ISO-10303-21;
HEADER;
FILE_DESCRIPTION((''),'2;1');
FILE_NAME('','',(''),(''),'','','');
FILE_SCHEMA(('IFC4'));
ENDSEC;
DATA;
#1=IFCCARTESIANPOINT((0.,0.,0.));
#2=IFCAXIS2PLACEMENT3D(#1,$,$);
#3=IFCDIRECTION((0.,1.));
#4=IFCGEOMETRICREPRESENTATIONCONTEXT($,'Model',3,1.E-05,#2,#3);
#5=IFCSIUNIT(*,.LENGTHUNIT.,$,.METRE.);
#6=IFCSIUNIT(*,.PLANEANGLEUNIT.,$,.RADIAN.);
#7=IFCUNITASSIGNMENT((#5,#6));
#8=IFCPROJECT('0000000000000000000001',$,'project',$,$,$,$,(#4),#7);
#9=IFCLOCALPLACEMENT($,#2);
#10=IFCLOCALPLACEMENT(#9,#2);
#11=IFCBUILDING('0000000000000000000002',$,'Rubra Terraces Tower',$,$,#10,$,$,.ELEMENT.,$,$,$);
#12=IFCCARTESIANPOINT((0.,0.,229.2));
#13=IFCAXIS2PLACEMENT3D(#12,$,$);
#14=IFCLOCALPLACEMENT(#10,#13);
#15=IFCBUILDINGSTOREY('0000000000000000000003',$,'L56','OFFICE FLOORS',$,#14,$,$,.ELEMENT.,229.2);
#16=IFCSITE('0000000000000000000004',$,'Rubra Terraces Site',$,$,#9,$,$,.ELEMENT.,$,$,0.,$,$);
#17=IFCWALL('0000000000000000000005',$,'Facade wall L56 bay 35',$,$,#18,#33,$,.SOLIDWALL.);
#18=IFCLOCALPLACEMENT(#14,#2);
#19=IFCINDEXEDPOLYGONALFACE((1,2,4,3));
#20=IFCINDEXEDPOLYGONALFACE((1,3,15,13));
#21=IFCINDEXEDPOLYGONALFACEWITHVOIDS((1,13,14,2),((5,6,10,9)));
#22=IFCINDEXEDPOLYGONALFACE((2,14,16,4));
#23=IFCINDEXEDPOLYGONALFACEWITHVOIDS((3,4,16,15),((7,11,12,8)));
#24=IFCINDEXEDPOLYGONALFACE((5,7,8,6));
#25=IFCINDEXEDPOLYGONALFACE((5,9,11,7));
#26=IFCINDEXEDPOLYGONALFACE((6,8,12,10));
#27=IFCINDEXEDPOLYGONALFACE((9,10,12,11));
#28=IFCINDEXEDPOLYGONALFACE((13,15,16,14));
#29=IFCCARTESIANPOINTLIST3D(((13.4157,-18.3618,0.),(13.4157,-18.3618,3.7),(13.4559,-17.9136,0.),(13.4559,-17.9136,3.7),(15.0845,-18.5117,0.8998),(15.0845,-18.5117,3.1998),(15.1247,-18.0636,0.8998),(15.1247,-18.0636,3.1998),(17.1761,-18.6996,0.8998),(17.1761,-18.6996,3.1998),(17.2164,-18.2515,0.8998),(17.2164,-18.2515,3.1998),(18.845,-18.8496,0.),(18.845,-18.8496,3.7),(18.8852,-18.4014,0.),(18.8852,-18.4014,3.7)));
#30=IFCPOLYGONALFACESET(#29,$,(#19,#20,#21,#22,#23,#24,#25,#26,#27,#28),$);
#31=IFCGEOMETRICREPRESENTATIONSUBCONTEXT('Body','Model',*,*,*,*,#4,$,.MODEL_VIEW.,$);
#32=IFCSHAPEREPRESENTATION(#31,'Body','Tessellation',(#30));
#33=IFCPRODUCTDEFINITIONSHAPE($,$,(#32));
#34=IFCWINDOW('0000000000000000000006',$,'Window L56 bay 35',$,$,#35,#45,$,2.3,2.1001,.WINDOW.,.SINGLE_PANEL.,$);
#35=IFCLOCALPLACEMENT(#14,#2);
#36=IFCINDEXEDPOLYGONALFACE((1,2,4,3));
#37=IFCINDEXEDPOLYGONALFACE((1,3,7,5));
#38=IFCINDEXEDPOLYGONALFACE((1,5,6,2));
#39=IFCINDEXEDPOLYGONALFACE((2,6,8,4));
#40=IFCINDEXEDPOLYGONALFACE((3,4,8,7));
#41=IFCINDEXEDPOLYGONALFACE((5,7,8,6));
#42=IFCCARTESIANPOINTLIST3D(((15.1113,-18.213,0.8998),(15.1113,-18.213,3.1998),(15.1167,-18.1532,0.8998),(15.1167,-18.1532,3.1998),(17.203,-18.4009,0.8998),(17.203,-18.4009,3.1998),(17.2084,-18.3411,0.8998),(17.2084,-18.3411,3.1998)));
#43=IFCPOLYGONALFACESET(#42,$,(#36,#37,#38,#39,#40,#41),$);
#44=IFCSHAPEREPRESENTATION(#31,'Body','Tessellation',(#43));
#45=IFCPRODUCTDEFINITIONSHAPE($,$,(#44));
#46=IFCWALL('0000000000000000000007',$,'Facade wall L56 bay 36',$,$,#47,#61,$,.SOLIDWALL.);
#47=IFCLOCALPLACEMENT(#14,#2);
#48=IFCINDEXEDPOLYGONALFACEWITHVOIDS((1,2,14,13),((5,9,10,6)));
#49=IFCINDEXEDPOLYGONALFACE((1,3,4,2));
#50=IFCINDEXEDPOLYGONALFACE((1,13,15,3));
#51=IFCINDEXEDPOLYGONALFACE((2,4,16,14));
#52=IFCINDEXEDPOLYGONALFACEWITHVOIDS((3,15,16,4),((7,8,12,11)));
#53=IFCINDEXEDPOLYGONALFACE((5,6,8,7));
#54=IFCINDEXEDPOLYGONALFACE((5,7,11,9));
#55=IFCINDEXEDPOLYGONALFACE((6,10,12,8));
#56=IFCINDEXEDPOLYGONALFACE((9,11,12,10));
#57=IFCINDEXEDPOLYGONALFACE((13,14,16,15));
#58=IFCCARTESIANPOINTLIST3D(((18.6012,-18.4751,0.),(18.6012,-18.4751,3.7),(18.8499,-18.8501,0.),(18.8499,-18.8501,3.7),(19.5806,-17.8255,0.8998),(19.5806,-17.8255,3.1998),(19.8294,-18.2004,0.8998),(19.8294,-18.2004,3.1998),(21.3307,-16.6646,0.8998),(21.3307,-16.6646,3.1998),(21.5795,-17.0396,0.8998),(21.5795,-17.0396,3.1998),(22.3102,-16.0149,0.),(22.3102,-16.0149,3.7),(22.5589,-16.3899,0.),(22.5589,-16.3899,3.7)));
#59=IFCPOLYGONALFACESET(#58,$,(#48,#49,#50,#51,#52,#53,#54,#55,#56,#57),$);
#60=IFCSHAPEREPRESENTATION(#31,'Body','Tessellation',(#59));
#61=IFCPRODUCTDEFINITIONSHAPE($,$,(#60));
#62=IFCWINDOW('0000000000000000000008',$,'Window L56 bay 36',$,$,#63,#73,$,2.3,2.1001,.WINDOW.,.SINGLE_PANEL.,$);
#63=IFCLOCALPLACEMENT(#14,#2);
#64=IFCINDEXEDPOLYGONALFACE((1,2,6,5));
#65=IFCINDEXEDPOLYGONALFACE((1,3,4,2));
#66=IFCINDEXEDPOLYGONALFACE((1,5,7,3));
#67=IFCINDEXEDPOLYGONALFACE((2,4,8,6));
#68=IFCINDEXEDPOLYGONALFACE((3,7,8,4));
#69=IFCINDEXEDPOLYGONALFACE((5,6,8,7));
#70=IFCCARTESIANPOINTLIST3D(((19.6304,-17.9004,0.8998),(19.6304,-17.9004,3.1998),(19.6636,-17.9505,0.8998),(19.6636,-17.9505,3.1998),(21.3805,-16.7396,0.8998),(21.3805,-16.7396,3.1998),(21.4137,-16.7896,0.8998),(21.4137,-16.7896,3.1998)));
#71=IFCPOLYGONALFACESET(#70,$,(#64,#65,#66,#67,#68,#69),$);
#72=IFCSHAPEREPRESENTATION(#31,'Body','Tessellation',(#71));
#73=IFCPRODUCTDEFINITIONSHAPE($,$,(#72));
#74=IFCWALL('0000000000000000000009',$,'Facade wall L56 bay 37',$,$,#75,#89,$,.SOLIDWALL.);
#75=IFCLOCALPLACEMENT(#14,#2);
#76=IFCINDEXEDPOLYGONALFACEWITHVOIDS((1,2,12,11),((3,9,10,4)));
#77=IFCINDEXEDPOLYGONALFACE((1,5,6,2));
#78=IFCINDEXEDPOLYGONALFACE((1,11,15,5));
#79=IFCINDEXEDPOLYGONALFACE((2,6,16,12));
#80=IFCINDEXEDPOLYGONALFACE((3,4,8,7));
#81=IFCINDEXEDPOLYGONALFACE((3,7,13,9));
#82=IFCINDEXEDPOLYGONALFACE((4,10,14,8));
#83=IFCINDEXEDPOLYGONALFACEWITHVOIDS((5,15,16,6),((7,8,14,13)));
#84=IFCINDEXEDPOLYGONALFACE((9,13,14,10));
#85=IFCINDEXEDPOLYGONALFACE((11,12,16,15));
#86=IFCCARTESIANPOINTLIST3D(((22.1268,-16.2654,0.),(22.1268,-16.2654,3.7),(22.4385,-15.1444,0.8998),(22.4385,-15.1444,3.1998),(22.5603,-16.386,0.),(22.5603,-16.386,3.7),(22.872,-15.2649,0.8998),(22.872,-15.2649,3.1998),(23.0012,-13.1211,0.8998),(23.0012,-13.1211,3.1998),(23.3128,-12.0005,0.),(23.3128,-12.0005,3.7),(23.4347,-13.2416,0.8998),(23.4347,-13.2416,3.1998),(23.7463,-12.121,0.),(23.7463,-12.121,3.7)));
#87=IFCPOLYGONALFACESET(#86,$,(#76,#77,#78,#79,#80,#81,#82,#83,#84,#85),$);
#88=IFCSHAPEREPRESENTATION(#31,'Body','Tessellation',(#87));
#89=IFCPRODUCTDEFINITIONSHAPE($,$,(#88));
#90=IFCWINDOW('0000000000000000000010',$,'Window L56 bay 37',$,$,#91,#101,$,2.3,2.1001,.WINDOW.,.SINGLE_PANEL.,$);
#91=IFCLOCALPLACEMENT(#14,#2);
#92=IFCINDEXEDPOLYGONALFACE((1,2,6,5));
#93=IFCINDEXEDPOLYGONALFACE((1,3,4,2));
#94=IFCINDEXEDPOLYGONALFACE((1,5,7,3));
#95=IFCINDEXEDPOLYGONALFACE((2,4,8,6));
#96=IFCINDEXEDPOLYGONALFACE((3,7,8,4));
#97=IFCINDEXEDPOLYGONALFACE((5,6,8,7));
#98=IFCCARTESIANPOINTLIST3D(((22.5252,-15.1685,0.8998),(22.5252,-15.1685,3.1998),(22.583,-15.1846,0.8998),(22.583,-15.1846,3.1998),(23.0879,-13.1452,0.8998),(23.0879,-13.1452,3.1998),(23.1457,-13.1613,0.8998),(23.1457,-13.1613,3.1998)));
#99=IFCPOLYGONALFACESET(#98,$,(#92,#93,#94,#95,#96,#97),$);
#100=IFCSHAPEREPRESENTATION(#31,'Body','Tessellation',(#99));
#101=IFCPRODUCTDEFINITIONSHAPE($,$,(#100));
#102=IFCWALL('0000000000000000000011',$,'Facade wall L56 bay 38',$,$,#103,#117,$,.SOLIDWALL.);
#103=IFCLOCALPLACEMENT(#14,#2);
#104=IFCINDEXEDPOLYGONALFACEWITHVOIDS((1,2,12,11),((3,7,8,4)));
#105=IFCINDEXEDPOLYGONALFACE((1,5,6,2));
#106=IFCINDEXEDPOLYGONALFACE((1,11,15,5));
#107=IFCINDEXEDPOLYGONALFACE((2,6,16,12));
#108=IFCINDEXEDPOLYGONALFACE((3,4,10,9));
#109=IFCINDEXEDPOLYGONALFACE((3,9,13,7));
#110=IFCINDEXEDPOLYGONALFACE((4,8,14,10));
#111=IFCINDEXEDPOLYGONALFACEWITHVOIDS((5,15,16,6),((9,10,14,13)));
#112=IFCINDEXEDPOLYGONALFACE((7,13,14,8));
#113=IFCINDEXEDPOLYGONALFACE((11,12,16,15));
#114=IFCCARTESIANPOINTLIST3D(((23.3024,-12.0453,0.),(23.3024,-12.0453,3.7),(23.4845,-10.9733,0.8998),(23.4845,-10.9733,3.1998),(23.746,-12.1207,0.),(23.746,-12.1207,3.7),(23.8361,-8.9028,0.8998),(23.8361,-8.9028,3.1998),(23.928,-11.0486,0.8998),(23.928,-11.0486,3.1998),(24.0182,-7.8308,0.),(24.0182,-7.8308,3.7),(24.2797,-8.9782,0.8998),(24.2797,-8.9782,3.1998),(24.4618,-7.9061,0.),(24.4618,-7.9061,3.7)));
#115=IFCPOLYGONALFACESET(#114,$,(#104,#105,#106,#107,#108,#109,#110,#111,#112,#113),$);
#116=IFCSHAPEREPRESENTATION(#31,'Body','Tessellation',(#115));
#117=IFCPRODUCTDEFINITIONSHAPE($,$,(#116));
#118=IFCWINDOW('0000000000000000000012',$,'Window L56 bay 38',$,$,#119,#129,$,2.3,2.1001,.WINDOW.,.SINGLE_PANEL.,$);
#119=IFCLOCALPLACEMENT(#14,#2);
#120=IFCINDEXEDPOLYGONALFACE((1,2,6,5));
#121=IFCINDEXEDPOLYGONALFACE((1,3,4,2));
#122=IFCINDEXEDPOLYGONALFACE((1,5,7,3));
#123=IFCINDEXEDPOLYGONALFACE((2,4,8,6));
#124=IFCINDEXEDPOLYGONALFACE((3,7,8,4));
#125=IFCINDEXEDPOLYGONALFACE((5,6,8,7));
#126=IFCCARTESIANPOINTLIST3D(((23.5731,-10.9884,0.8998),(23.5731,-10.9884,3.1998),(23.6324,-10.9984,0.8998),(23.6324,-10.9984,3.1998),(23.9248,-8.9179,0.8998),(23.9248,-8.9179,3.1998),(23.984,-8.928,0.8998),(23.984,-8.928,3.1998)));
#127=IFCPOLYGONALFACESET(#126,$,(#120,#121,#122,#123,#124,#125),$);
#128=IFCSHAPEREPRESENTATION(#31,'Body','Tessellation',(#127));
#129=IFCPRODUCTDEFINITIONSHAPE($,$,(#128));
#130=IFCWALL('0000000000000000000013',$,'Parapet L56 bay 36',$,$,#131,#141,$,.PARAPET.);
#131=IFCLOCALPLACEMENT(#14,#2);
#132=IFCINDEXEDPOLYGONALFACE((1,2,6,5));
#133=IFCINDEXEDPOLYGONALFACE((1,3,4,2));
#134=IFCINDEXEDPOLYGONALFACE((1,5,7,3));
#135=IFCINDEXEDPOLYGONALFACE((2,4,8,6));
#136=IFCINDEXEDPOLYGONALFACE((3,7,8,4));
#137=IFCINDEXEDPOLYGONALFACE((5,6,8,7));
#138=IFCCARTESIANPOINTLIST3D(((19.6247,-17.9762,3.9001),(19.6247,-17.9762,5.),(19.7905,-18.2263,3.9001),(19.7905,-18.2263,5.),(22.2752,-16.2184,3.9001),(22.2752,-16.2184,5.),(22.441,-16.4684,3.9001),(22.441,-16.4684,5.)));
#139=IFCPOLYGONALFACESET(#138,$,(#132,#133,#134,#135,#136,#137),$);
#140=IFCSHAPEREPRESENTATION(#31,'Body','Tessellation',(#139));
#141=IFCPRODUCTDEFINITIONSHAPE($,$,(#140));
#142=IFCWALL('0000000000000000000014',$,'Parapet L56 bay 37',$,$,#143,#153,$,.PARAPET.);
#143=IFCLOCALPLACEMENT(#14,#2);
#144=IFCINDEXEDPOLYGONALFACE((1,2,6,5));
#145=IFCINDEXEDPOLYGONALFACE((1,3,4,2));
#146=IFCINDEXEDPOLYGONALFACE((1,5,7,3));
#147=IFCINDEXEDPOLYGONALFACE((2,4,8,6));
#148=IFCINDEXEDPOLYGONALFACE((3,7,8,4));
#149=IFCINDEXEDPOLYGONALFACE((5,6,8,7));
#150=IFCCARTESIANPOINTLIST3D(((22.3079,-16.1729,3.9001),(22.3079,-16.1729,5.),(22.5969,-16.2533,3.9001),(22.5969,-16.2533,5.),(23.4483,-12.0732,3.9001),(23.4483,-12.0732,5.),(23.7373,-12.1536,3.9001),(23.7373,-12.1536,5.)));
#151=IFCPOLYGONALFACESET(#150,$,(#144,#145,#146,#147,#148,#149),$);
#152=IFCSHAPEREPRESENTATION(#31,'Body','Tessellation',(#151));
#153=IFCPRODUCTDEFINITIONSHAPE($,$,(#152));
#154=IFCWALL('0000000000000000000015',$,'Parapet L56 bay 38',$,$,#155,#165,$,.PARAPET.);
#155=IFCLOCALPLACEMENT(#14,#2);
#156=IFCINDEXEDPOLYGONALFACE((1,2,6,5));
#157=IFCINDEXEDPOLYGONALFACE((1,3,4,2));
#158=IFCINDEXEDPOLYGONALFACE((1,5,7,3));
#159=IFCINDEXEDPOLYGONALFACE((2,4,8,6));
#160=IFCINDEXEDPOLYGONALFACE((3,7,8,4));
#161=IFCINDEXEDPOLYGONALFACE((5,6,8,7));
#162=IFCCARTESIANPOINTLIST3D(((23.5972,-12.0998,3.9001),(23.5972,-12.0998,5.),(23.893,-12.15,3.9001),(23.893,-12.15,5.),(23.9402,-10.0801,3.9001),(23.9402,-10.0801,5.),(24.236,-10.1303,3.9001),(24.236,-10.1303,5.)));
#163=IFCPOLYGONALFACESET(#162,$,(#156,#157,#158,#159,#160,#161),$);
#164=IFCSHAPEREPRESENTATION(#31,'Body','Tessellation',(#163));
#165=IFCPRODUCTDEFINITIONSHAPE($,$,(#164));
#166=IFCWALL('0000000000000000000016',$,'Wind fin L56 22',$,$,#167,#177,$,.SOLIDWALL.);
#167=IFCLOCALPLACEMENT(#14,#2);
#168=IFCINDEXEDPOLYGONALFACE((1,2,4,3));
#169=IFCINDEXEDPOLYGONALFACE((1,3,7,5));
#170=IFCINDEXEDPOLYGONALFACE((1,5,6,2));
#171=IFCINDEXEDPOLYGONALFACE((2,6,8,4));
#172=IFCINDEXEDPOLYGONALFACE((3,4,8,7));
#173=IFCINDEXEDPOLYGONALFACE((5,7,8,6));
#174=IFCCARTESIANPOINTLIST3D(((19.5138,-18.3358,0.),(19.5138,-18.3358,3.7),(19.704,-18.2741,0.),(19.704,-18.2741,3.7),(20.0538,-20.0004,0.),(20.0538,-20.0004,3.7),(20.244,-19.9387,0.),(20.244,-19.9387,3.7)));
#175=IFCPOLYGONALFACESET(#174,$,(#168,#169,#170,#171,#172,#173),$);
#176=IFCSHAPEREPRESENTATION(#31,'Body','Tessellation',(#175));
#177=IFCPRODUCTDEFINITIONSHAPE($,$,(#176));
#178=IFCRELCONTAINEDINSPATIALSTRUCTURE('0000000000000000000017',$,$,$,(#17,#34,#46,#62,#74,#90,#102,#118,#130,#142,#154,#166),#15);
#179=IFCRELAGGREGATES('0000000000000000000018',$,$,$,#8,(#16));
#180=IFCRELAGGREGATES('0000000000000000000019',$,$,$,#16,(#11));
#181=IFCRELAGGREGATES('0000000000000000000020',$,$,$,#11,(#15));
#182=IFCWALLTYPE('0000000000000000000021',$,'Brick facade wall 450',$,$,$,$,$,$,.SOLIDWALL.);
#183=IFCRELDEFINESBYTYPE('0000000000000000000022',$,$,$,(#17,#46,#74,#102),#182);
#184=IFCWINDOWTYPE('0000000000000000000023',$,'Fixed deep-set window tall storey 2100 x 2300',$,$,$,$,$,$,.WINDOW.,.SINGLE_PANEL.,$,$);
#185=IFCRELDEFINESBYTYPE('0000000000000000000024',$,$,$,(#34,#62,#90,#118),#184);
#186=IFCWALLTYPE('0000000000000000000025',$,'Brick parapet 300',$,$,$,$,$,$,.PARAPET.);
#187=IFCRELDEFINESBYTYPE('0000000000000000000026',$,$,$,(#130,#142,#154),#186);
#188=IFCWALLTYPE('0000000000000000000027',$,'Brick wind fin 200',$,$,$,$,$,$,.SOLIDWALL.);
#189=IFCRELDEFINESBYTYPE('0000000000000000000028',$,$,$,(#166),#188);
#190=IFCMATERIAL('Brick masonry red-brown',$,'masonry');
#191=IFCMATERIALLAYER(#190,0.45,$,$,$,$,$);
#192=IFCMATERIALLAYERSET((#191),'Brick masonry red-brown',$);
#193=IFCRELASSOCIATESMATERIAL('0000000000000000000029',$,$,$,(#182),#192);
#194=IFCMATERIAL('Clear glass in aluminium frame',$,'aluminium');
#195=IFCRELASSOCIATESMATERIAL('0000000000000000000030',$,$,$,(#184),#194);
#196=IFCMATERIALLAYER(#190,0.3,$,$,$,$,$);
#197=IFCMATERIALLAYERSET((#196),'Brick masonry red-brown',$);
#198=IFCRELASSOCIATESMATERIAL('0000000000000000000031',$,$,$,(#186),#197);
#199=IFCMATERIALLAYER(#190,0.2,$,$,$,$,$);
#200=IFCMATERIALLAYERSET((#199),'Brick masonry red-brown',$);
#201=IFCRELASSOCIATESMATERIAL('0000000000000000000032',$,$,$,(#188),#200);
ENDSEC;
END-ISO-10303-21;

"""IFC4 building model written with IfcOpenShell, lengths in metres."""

from ifc_helpers import new_model, si_unit, direction, frame, frame_2d, origin, place, context, subcontext, project, spatial, rectangle, extrude, material, layer, layer_set, type_object, element, fill, save


model = new_model("IFC4")

# Units and contexts
model_context = context("Model", 3, precision=1e-05, world=origin(), true_north=direction((0.0, 1.0)))
body_context = subcontext(model_context, "Body", "Model", "MODEL_VIEW")
ifc_project = project(units=[si_unit("LENGTHUNIT", "METRE"), si_unit("PLANEANGLEUNIT", "RADIAN")], contexts=[model_context])

# Site, building, storey
site_placement = place(None, origin())
site = spatial("IfcSite", under=ifc_project, at=site_placement, Name="Rubra Terraces Site", CompositionType="ELEMENT", RefElevation=0.0)
building_placement = place(site_placement, origin())
building = spatial("IfcBuilding", under=site, at=building_placement, Name="Rubra Terraces Tower", CompositionType="ELEMENT")
storey_placement = place(building_placement, frame((0.0, 0.0, 229.2)))
storey = spatial("IfcBuildingStorey", under=building, at=storey_placement, Name="L56", Description="OFFICE FLOORS", CompositionType="ELEMENT", Elevation=229.2)

# Walls, openings, windows
ifc_material_1 = material(Name="Brick masonry red-brown", Category="masonry")
ifc_layer_1 = layer(ifc_material_1, 0.45)
ifc_layer_set_1 = layer_set([ifc_layer_1], Name="Brick masonry red-brown")
wall_type_1 = type_object("IfcWallType", Name="Brick facade wall 450", PredefinedType="SOLIDWALL", material=ifc_layer_set_1)
wall_1_placement = place(storey_placement, frame((13.4358, -18.1377, 0.0), z_axis=(0.0, 0.0, 1.0), x_axis=(0.995988, -0.089486, 0.0)))
wall_1 = element("IfcWall", 1, at=wall_1_placement, inside=storey, type_object=wall_type_1, Name="Facade wall L56 bay 35", PredefinedType="SOLIDWALL", context=body_context, shape_type="SweptSolid", body=[
    extrude(rectangle(XDim=5.4512, YDim=0.45, at=frame_2d((2.7256, 0.0))), origin(), (0.0, 0.0, 1.0), 3.7),
])
opening_1_placement = place(wall_1_placement, frame((1.6755, 0.0, 0.8999)))
opening_1 = element("IfcOpeningElement", 2, at=opening_1_placement, cuts=wall_1, PredefinedType="OPENING", context=body_context, shape_type="SweptSolid", body=[
    extrude(rectangle(XDim=2.1001, YDim=2.3, at=frame_2d((1.05, 1.1499))), frame((0.0, 0.2349, 0.0), z_axis=(0.0, -1.0, 0.0), x_axis=(1.0, 0.0, 0.0)), (0.0, 0.0, 1.0), 0.47),
])
ifc_material_2 = material(Name="Clear glass in aluminium frame", Category="aluminium")
window_type = type_object("IfcWindowType", Name="Fixed deep-set window tall storey 2100 x 2300", PartitioningType="SINGLE_PANEL", PredefinedType="WINDOW", material=ifc_material_2)
window_1_placement = place(opening_1_placement, origin())
window_1 = element("IfcWindow", 3, at=window_1_placement, inside=storey, type_object=window_type, Name="Window L56 bay 35", OverallHeight=2.3, OverallWidth=2.1001, PartitioningType="SINGLE_PANEL", PredefinedType="WINDOW", context=body_context, shape_type="SweptSolid", body=[
    extrude(rectangle(XDim=2.1001, YDim=2.3, at=frame_2d((1.05, 1.1499))), frame((0.0, 0.135, 0.0), z_axis=(0.0, -1.0, 0.0), x_axis=(1.0, 0.0, 0.0)), (0.0, 0.0, 1.0), 0.0601),
])
fill(opening_1, window_1)
wall_2_placement = place(storey_placement, frame((18.7256, -18.6626, 0.0), z_axis=(0.0, 0.0, 1.0), x_axis=(0.833339, 0.552762, 0.0)))
wall_2 = element("IfcWall", 4, at=wall_2_placement, inside=storey, type_object=wall_type_1, Name="Facade wall L56 bay 36", PredefinedType="SOLIDWALL", context=body_context, shape_type="SweptSolid", body=[
    extrude(rectangle(XDim=4.4507, YDim=0.45, at=frame_2d((2.2253, 0.0))), origin(), (0.0, 0.0, 1.0), 3.7),
])
opening_2_placement = place(wall_2_placement, frame((1.1753, 0.0, 0.8999)))
opening_2 = element("IfcOpeningElement", 5, at=opening_2_placement, cuts=wall_2, PredefinedType="OPENING", context=body_context, shape_type="SweptSolid", body=[
    extrude(rectangle(XDim=2.1001, YDim=2.3, at=frame_2d((1.05, 1.1499))), frame((0.0, 0.2349, 0.0), z_axis=(0.0, -1.0, 0.0), x_axis=(1.0, 0.0, 0.0)), (0.0, 0.0, 1.0), 0.47),
])
window_2_placement = place(opening_2_placement, origin())
window_2 = element("IfcWindow", 6, at=window_2_placement, inside=storey, type_object=window_type, Name="Window L56 bay 36", OverallHeight=2.3, OverallWidth=2.1001, PartitioningType="SINGLE_PANEL", PredefinedType="WINDOW", context=body_context, shape_type="SweptSolid", body=[
    extrude(rectangle(XDim=2.1001, YDim=2.3, at=frame_2d((1.05, 1.1499))), frame((0.0, 0.135, 0.0), z_axis=(0.0, -1.0, 0.0), x_axis=(1.0, 0.0, 0.0)), (0.0, 0.0, 1.0), 0.0601),
])
fill(opening_2, window_2)
wall_3_placement = place(storey_placement, frame((22.3435, -16.3257, 0.0), z_axis=(0.0, 0.0, 1.0), x_axis=(0.267925, 0.96344, 0.0)))
wall_3 = element("IfcWall", 7, at=wall_3_placement, inside=storey, type_object=wall_type_1, Name="Facade wall L56 bay 37", PredefinedType="SOLIDWALL", context=body_context, shape_type="SweptSolid", body=[
    extrude(rectangle(XDim=4.4268, YDim=0.45, at=frame_2d((2.2134, 0.0))), origin(), (0.0, 0.0, 1.0), 3.7),
])
opening_3_placement = place(wall_3_placement, frame((1.1636, 0.0, 0.8999)))
opening_3 = element("IfcOpeningElement", 8, at=opening_3_placement, cuts=wall_3, PredefinedType="OPENING", context=body_context, shape_type="SweptSolid", body=[
    extrude(rectangle(XDim=2.1001, YDim=2.3, at=frame_2d((1.05, 1.1499))), frame((0.0, 0.2349, 0.0), z_axis=(0.0, -1.0, 0.0), x_axis=(1.0, 0.0, 0.0)), (0.0, 0.0, 1.0), 0.47),
])
window_3_placement = place(opening_3_placement, origin())
window_3 = element("IfcWindow", 9, at=window_3_placement, inside=storey, type_object=window_type, Name="Window L56 bay 37", OverallHeight=2.3, OverallWidth=2.1001, PartitioningType="SINGLE_PANEL", PredefinedType="WINDOW", context=body_context, shape_type="SweptSolid", body=[
    extrude(rectangle(XDim=2.1001, YDim=2.3, at=frame_2d((1.05, 1.1499))), frame((0.0, 0.135, 0.0), z_axis=(0.0, -1.0, 0.0), x_axis=(1.0, 0.0, 0.0)), (0.0, 0.0, 1.0), 0.0601),
])
fill(opening_3, window_3)
wall_4_placement = place(storey_placement, frame((23.5242, -12.083, 0.0), z_axis=(0.0, 0.0, 1.0), x_axis=(0.167445, 0.985881, 0.0)))
wall_4 = element("IfcWall", 10, at=wall_4_placement, inside=storey, type_object=wall_type_1, Name="Facade wall L56 bay 38", PredefinedType="SOLIDWALL", context=body_context, shape_type="SweptSolid", body=[
    extrude(rectangle(XDim=4.2749, YDim=0.45, at=frame_2d((2.1375, 0.0))), origin(), (0.0, 0.0, 1.0), 3.7),
])
opening_4_placement = place(wall_4_placement, frame((1.0874, 0.0, 0.8999)))
opening_4 = element("IfcOpeningElement", 11, at=opening_4_placement, cuts=wall_4, PredefinedType="OPENING", context=body_context, shape_type="SweptSolid", body=[
    extrude(rectangle(XDim=2.1001, YDim=2.3, at=frame_2d((1.05, 1.1499))), frame((0.0, 0.2349, 0.0), z_axis=(0.0, -1.0, 0.0), x_axis=(1.0, 0.0, 0.0)), (0.0, 0.0, 1.0), 0.47),
])
window_4_placement = place(opening_4_placement, origin())
window_4 = element("IfcWindow", 12, at=window_4_placement, inside=storey, type_object=window_type, Name="Window L56 bay 38", OverallHeight=2.3, OverallWidth=2.1001, PartitioningType="SINGLE_PANEL", PredefinedType="WINDOW", context=body_context, shape_type="SweptSolid", body=[
    extrude(rectangle(XDim=2.1001, YDim=2.3, at=frame_2d((1.05, 1.1499))), frame((0.0, 0.135, 0.0), z_axis=(0.0, -1.0, 0.0), x_axis=(1.0, 0.0, 0.0)), (0.0, 0.0, 1.0), 0.0601),
])
fill(opening_4, window_4)

# Walls
ifc_layer_2 = layer(ifc_material_1, 0.3)
ifc_layer_set_2 = layer_set([ifc_layer_2], Name="Brick masonry red-brown")
wall_type_2 = type_object("IfcWallType", Name="Brick parapet 300", PredefinedType="PARAPET", material=ifc_layer_set_2)
wall_5_placement = place(storey_placement, frame((19.7075, -18.1013, 3.9001), z_axis=(0.0, 0.0, 1.0), x_axis=(0.833371, 0.552715, 0.0)))
element("IfcWall", 13, at=wall_5_placement, inside=storey, type_object=wall_type_2, Name="Parapet L56 bay 36", PredefinedType="PARAPET", context=body_context, shape_type="SweptSolid", body=[
    extrude(rectangle(XDim=3.1804, YDim=0.3, at=frame_2d((1.5903, 0.0))), origin(), (0.0, 0.0, 1.0), 1.0999),
])
wall_6_placement = place(storey_placement, frame((22.4524, -16.2131, 3.9001), z_axis=(0.0, 0.0, 1.0), x_axis=(0.267993, 0.963421, 0.0)))
element("IfcWall", 14, at=wall_6_placement, inside=storey, type_object=wall_type_2, Name="Parapet L56 bay 37", PredefinedType="PARAPET", context=body_context, shape_type="SweptSolid", body=[
    extrude(rectangle(XDim=4.2554, YDim=0.3, at=frame_2d((2.1277, 0.0))), origin(), (0.0, 0.0, 1.0), 1.0999),
])
wall_7_placement = place(storey_placement, frame((23.7451, -12.125, 3.9001), z_axis=(0.0, 0.0, 1.0), x_axis=(0.167432, 0.985884, 0.0)))
element("IfcWall", 15, at=wall_7_placement, inside=storey, type_object=wall_type_2, Name="Parapet L56 bay 38", PredefinedType="PARAPET", context=body_context, shape_type="SweptSolid", body=[
    extrude(rectangle(XDim=2.0486, YDim=0.3, at=frame_2d((1.0244, 0.0))), origin(), (0.0, 0.0, 1.0), 1.0999),
])
ifc_layer_3 = layer(ifc_material_1, 0.2)
ifc_layer_set_3 = layer_set([ifc_layer_3], Name="Brick masonry red-brown")
wall_type_3 = type_object("IfcWallType", Name="Brick wind fin 200", PredefinedType="SOLIDWALL", material=ifc_layer_set_3)
wall_8_placement = place(storey_placement, frame((19.6089, -18.3049, 0.0), z_axis=(0.0, 0.0, 1.0), x_axis=(0.3086, -0.951192, 0.0)))
element("IfcWall", 16, at=wall_8_placement, inside=storey, type_object=wall_type_3, Name="Wind fin L56 22", PredefinedType="SOLIDWALL", context=body_context, shape_type="SweptSolid", body=[
    extrude(rectangle(XDim=1.75, YDim=0.2, at=frame_2d((0.875, 0.0))), origin(), (0.0, 0.0, 1.0), 3.7),
])

save(model, "model.ifc")
